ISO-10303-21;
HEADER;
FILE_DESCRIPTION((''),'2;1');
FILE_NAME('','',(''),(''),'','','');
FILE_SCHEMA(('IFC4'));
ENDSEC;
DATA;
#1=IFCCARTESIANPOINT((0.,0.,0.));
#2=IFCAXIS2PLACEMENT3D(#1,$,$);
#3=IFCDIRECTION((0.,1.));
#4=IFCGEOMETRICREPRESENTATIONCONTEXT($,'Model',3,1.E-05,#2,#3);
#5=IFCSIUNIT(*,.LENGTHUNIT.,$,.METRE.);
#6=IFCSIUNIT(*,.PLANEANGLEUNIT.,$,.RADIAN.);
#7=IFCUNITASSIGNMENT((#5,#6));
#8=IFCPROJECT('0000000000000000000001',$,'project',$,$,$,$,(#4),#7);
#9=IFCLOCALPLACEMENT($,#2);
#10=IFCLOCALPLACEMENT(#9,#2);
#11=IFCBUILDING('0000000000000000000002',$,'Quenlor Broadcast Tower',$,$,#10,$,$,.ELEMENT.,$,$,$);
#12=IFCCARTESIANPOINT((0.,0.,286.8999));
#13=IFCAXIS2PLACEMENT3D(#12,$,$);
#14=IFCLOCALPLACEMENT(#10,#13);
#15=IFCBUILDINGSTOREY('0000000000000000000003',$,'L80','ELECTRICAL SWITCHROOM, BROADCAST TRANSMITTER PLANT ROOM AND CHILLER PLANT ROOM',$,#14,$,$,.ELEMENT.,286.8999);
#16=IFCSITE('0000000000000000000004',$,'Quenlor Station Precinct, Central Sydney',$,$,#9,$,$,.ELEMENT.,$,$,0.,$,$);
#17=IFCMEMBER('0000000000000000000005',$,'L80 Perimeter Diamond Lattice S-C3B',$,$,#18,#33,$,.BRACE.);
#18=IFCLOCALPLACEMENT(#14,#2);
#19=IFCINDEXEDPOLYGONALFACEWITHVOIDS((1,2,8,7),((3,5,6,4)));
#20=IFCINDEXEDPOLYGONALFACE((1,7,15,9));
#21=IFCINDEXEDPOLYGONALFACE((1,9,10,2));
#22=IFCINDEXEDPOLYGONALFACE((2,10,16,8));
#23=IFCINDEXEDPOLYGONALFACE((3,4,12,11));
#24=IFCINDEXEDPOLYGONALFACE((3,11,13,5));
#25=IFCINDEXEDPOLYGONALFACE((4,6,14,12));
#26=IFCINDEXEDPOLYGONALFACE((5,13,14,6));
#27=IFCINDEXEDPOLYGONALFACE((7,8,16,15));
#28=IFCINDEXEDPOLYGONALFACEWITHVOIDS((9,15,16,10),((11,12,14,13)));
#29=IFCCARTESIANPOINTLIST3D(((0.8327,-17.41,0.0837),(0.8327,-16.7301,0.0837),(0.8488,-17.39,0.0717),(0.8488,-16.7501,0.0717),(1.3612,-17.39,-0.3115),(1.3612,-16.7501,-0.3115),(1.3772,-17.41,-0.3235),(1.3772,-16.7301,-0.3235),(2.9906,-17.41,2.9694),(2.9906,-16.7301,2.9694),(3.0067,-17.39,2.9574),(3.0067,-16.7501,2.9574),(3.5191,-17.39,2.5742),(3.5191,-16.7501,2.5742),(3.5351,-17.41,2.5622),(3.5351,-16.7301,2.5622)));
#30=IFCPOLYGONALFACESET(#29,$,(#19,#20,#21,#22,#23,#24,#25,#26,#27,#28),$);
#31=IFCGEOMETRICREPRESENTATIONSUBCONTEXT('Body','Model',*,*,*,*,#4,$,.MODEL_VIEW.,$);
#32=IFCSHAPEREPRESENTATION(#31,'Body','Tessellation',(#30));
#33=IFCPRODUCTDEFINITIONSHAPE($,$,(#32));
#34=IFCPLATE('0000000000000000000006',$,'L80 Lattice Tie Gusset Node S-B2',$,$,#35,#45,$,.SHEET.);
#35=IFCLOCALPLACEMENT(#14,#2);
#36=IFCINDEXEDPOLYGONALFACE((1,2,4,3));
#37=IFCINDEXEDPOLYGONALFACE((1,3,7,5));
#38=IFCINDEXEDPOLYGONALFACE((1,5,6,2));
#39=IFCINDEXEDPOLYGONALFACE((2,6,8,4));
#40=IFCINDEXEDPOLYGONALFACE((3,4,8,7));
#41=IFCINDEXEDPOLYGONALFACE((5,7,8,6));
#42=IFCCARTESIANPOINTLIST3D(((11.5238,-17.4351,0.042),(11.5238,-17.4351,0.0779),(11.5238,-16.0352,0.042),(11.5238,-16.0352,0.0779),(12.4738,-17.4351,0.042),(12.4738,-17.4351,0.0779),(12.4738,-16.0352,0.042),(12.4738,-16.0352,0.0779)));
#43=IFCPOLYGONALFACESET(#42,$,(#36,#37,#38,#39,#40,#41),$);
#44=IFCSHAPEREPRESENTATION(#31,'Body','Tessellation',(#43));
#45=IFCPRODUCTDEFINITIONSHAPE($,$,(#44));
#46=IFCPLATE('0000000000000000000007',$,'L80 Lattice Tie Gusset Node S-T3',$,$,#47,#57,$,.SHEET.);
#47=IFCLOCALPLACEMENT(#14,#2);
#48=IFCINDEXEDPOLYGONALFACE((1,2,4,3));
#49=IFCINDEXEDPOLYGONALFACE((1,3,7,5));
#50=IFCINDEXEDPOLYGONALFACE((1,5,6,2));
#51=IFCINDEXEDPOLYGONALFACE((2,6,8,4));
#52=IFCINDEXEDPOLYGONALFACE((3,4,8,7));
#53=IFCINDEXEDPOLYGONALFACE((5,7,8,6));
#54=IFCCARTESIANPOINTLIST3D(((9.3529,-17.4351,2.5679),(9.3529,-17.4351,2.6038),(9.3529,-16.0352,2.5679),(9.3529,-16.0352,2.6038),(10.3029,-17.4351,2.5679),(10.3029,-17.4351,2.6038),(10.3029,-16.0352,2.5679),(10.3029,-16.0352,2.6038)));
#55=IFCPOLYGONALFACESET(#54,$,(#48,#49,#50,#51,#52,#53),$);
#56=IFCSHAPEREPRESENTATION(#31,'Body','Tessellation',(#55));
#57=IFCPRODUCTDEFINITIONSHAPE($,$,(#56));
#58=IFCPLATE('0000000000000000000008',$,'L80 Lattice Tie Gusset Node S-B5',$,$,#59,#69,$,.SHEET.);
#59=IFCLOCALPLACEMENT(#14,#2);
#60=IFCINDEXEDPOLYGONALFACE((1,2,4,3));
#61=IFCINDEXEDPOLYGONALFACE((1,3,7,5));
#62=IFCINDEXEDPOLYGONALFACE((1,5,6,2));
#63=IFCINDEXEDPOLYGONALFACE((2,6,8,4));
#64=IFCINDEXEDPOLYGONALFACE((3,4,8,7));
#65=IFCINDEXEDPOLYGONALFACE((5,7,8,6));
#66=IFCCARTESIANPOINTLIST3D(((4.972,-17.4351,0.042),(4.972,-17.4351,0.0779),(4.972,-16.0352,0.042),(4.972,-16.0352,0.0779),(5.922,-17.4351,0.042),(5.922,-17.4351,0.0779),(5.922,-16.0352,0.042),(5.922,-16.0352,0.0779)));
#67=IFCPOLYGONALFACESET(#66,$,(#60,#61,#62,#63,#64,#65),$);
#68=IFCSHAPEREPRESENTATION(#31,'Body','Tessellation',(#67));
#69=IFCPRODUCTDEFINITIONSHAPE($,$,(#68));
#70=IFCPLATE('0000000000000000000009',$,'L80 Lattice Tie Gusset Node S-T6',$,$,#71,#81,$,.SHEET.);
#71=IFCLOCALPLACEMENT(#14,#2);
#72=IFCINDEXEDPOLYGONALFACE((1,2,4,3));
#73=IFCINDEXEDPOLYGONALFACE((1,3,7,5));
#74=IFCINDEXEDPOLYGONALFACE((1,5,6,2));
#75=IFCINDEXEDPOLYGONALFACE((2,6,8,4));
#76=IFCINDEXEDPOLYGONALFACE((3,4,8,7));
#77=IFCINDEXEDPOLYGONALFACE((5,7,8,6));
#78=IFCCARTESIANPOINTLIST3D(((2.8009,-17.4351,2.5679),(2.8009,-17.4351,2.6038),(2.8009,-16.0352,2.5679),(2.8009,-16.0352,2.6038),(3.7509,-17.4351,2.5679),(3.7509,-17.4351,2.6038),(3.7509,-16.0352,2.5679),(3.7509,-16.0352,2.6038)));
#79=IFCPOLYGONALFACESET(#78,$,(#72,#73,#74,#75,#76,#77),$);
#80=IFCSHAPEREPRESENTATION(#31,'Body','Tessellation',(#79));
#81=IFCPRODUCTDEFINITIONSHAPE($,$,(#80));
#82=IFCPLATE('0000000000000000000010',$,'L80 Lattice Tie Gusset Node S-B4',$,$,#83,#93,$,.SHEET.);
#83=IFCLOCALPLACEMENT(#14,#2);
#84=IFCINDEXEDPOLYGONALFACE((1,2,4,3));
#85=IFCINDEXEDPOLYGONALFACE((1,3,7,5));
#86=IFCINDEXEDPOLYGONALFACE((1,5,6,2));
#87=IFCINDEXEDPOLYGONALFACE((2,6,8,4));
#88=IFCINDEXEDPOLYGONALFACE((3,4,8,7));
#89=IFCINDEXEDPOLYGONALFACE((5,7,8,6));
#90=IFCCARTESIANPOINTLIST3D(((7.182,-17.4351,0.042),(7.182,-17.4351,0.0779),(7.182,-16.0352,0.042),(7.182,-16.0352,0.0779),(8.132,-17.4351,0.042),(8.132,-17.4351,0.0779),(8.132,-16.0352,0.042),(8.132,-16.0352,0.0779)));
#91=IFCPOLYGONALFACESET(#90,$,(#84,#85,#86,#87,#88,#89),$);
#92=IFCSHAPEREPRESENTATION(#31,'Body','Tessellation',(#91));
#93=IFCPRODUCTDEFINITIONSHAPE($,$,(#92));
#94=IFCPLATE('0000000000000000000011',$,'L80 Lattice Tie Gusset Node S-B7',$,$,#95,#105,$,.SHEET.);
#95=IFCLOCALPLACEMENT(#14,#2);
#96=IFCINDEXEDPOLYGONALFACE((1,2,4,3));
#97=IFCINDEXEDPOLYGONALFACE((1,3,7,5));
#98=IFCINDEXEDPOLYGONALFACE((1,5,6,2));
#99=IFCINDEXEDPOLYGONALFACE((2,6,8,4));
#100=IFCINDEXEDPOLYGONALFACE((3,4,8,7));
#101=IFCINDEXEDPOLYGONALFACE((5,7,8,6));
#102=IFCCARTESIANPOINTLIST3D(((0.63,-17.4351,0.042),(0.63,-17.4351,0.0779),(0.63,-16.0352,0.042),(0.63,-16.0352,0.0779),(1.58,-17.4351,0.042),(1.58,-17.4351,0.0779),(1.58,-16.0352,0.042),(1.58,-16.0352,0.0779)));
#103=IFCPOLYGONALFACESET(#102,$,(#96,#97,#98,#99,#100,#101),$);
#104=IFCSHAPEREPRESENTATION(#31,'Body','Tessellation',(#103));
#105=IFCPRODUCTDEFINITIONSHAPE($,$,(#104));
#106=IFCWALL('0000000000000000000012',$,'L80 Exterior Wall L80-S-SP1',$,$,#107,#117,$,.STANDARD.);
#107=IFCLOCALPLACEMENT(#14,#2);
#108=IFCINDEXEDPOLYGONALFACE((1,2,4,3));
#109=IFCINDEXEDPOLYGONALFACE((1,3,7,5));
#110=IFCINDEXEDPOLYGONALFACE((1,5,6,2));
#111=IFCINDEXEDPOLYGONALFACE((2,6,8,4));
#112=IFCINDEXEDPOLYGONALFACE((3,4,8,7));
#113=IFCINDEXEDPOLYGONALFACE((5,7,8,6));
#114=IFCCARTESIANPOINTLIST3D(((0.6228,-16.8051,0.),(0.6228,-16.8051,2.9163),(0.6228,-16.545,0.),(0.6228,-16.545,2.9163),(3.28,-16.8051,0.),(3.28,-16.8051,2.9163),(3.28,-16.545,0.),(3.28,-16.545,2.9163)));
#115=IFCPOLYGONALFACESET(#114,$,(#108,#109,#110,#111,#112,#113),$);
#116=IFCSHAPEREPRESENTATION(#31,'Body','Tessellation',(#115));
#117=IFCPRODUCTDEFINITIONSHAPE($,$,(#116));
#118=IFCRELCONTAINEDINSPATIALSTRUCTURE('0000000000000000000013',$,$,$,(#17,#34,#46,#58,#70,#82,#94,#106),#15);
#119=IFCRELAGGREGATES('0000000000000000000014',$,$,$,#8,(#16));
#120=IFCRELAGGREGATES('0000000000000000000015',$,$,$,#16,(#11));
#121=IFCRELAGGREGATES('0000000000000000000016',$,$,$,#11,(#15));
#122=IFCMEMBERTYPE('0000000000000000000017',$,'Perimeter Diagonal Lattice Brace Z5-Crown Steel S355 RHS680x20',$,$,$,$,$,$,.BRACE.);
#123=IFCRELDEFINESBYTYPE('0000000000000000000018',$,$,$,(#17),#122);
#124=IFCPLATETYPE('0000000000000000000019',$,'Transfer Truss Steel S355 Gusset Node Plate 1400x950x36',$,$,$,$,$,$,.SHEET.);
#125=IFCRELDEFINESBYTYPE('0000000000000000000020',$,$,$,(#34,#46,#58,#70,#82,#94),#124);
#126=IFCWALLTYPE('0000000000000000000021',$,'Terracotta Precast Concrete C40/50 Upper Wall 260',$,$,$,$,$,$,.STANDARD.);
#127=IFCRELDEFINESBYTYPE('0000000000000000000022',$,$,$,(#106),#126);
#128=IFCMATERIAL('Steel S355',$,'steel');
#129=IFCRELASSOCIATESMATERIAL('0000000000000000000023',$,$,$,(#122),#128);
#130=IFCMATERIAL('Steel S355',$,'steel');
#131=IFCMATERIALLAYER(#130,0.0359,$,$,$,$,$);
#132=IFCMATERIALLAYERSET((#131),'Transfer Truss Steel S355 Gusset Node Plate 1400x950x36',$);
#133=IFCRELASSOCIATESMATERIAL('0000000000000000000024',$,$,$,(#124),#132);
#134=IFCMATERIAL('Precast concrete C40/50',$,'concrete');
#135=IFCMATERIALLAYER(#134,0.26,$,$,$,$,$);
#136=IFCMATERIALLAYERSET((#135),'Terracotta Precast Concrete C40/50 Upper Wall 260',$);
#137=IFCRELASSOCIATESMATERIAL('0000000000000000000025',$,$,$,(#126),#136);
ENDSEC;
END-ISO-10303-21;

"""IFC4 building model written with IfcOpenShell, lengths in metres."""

from ifc_helpers import new_model, si_unit, direction, frame, frame_2d, origin, origin_2d, place, context, subcontext, project, spatial, rectangle, hollow_rectangle, extrude, material, layer, layer_set, material_profile, profile_set, type_object, element, save


model = new_model("IFC4")

# Units and contexts
model_context = context("Model", 3, precision=1e-05, world=origin(), true_north=direction((0.0, 1.0)))
body_context = subcontext(model_context, "Body", "Model", "MODEL_VIEW")
ifc_project = project(units=[si_unit("LENGTHUNIT", "METRE"), si_unit("PLANEANGLEUNIT", "RADIAN")], contexts=[model_context])

# Site, building, storey
site_placement = place(None, origin())
site = spatial("IfcSite", under=ifc_project, at=site_placement, Name="Quenlor Station Precinct, Central Sydney", CompositionType="ELEMENT", RefElevation=0.0)
building_placement = place(site_placement, origin())
building = spatial("IfcBuilding", under=site, at=building_placement, Name="Quenlor Broadcast Tower", CompositionType="ELEMENT")
storey_placement = place(building_placement, frame((0.0, 0.0, 286.8999)))
storey = spatial("IfcBuildingStorey", under=building, at=storey_placement, Name="L80", Description="ELECTRICAL SWITCHROOM, BROADCAST TRANSMITTER PLANT ROOM AND CHILLER PLANT ROOM", CompositionType="ELEMENT", Elevation=286.8999)

# Member
ifc_material_1 = material(Name="Steel S355", Category="steel")
ifc_material_profile_1 = material_profile(ifc_material_1, hollow_rectangle(XDim=0.6799, YDim=0.6799, WallThickness=0.02, at=origin_2d()))
ifc_profile_set_1 = profile_set([ifc_material_profile_1], Name="Steel S355 RHS680x680x20")
member_type_1 = type_object("IfcMemberType", Name="Perimeter Diagonal Lattice Brace Z5-Crown Steel S355 RHS680x20", PredefinedType="BRACE", material=ifc_profile_set_1)
for number, where, z_axis, x_axis, name in (
    (1, (1.105, -17.0701, -0.1199), (0.598872, 0.0, 0.800845), (0.0, 1.0, 0.0), "L80 Perimeter Diamond Lattice S-C3B"),
):
    element("IfcMember", number, at=place(storey_placement, frame(where, z_axis=z_axis, x_axis=x_axis)), inside=storey, type_object=member_type_1, Name=name, PredefinedType="BRACE", context=body_context, shape_type="SweptSolid", body=[
        extrude(hollow_rectangle(XDim=0.6799, YDim=0.6799, WallThickness=0.02, at=origin_2d()), origin(), (0.0, 0.0, 1.0), 3.6033),
    ])

# Plates
ifc_material_2 = material(Name="Steel S355", Category="steel")
ifc_layer_1 = layer(ifc_material_2, 0.0359)
ifc_layer_set_1 = layer_set([ifc_layer_1], Name="Transfer Truss Steel S355 Gusset Node Plate 1400x950x36")
plate_type = type_object("IfcPlateType", Name="Transfer Truss Steel S355 Gusset Node Plate 1400x950x36", PredefinedType="SHEET", material=ifc_layer_set_1)
for number, where, z_axis, x_axis, name in (
    (2, (11.9988, -16.7351, 0.042), (0.0, 0.0, 1.0), (0.0, -1.0, 0.0), "L80 Lattice Tie Gusset Node S-B2"),
    (3, (9.8279, -16.7351, 2.5679), (0.0, 0.0, 1.0), (0.0, -1.0, 0.0), "L80 Lattice Tie Gusset Node S-T3"),
    (4, (5.447, -16.7351, 0.042), (0.0, 0.0, 1.0), (0.0, -1.0, 0.0), "L80 Lattice Tie Gusset Node S-B5"),
    (5, (3.2759, -16.7351, 2.5679), (0.0, 0.0, 1.0), (0.0, -1.0, 0.0), "L80 Lattice Tie Gusset Node S-T6"),
    (6, (7.657, -16.7351, 0.042), (0.0, 0.0, 1.0), (0.0, -1.0, 0.0), "L80 Lattice Tie Gusset Node S-B4"),
    (7, (1.105, -16.7351, 0.042), (0.0, 0.0, 1.0), (0.0, -1.0, 0.0), "L80 Lattice Tie Gusset Node S-B7"),
):
    element("IfcPlate", number, at=place(storey_placement, frame(where, z_axis=z_axis, x_axis=x_axis)), inside=storey, type_object=plate_type, Name=name, PredefinedType="SHEET", context=body_context, shape_type="SweptSolid", body=[
        extrude(rectangle(XDim=1.3999, YDim=0.95, at=origin_2d()), origin(), (0.0, 0.0, 1.0), 0.0359),
    ])

# Wall
ifc_material_3 = material(Name="Precast concrete C40/50", Category="concrete")
ifc_layer_2 = layer(ifc_material_3, 0.26)
ifc_layer_set_2 = layer_set([ifc_layer_2], Name="Terracotta Precast Concrete C40/50 Upper Wall 260")
wall_type = type_object("IfcWallType", Name="Terracotta Precast Concrete C40/50 Upper Wall 260", PredefinedType="STANDARD", material=ifc_layer_set_2)
wall_placement = place(storey_placement, frame((3.28, -16.675, 0.0), z_axis=(0.0, 0.0, 1.0), x_axis=(-1.0, 0.0, 0.0)))
element("IfcWall", 8, at=wall_placement, inside=storey, type_object=wall_type, Name="L80 Exterior Wall L80-S-SP1", PredefinedType="STANDARD", context=body_context, shape_type="SweptSolid", body=[
    extrude(rectangle(XDim=2.6572, YDim=0.26, at=frame_2d((1.3286, 0.0))), origin(), (0.0, 0.0, 1.0), 2.9163),
])

save(model, "model.ifc")
